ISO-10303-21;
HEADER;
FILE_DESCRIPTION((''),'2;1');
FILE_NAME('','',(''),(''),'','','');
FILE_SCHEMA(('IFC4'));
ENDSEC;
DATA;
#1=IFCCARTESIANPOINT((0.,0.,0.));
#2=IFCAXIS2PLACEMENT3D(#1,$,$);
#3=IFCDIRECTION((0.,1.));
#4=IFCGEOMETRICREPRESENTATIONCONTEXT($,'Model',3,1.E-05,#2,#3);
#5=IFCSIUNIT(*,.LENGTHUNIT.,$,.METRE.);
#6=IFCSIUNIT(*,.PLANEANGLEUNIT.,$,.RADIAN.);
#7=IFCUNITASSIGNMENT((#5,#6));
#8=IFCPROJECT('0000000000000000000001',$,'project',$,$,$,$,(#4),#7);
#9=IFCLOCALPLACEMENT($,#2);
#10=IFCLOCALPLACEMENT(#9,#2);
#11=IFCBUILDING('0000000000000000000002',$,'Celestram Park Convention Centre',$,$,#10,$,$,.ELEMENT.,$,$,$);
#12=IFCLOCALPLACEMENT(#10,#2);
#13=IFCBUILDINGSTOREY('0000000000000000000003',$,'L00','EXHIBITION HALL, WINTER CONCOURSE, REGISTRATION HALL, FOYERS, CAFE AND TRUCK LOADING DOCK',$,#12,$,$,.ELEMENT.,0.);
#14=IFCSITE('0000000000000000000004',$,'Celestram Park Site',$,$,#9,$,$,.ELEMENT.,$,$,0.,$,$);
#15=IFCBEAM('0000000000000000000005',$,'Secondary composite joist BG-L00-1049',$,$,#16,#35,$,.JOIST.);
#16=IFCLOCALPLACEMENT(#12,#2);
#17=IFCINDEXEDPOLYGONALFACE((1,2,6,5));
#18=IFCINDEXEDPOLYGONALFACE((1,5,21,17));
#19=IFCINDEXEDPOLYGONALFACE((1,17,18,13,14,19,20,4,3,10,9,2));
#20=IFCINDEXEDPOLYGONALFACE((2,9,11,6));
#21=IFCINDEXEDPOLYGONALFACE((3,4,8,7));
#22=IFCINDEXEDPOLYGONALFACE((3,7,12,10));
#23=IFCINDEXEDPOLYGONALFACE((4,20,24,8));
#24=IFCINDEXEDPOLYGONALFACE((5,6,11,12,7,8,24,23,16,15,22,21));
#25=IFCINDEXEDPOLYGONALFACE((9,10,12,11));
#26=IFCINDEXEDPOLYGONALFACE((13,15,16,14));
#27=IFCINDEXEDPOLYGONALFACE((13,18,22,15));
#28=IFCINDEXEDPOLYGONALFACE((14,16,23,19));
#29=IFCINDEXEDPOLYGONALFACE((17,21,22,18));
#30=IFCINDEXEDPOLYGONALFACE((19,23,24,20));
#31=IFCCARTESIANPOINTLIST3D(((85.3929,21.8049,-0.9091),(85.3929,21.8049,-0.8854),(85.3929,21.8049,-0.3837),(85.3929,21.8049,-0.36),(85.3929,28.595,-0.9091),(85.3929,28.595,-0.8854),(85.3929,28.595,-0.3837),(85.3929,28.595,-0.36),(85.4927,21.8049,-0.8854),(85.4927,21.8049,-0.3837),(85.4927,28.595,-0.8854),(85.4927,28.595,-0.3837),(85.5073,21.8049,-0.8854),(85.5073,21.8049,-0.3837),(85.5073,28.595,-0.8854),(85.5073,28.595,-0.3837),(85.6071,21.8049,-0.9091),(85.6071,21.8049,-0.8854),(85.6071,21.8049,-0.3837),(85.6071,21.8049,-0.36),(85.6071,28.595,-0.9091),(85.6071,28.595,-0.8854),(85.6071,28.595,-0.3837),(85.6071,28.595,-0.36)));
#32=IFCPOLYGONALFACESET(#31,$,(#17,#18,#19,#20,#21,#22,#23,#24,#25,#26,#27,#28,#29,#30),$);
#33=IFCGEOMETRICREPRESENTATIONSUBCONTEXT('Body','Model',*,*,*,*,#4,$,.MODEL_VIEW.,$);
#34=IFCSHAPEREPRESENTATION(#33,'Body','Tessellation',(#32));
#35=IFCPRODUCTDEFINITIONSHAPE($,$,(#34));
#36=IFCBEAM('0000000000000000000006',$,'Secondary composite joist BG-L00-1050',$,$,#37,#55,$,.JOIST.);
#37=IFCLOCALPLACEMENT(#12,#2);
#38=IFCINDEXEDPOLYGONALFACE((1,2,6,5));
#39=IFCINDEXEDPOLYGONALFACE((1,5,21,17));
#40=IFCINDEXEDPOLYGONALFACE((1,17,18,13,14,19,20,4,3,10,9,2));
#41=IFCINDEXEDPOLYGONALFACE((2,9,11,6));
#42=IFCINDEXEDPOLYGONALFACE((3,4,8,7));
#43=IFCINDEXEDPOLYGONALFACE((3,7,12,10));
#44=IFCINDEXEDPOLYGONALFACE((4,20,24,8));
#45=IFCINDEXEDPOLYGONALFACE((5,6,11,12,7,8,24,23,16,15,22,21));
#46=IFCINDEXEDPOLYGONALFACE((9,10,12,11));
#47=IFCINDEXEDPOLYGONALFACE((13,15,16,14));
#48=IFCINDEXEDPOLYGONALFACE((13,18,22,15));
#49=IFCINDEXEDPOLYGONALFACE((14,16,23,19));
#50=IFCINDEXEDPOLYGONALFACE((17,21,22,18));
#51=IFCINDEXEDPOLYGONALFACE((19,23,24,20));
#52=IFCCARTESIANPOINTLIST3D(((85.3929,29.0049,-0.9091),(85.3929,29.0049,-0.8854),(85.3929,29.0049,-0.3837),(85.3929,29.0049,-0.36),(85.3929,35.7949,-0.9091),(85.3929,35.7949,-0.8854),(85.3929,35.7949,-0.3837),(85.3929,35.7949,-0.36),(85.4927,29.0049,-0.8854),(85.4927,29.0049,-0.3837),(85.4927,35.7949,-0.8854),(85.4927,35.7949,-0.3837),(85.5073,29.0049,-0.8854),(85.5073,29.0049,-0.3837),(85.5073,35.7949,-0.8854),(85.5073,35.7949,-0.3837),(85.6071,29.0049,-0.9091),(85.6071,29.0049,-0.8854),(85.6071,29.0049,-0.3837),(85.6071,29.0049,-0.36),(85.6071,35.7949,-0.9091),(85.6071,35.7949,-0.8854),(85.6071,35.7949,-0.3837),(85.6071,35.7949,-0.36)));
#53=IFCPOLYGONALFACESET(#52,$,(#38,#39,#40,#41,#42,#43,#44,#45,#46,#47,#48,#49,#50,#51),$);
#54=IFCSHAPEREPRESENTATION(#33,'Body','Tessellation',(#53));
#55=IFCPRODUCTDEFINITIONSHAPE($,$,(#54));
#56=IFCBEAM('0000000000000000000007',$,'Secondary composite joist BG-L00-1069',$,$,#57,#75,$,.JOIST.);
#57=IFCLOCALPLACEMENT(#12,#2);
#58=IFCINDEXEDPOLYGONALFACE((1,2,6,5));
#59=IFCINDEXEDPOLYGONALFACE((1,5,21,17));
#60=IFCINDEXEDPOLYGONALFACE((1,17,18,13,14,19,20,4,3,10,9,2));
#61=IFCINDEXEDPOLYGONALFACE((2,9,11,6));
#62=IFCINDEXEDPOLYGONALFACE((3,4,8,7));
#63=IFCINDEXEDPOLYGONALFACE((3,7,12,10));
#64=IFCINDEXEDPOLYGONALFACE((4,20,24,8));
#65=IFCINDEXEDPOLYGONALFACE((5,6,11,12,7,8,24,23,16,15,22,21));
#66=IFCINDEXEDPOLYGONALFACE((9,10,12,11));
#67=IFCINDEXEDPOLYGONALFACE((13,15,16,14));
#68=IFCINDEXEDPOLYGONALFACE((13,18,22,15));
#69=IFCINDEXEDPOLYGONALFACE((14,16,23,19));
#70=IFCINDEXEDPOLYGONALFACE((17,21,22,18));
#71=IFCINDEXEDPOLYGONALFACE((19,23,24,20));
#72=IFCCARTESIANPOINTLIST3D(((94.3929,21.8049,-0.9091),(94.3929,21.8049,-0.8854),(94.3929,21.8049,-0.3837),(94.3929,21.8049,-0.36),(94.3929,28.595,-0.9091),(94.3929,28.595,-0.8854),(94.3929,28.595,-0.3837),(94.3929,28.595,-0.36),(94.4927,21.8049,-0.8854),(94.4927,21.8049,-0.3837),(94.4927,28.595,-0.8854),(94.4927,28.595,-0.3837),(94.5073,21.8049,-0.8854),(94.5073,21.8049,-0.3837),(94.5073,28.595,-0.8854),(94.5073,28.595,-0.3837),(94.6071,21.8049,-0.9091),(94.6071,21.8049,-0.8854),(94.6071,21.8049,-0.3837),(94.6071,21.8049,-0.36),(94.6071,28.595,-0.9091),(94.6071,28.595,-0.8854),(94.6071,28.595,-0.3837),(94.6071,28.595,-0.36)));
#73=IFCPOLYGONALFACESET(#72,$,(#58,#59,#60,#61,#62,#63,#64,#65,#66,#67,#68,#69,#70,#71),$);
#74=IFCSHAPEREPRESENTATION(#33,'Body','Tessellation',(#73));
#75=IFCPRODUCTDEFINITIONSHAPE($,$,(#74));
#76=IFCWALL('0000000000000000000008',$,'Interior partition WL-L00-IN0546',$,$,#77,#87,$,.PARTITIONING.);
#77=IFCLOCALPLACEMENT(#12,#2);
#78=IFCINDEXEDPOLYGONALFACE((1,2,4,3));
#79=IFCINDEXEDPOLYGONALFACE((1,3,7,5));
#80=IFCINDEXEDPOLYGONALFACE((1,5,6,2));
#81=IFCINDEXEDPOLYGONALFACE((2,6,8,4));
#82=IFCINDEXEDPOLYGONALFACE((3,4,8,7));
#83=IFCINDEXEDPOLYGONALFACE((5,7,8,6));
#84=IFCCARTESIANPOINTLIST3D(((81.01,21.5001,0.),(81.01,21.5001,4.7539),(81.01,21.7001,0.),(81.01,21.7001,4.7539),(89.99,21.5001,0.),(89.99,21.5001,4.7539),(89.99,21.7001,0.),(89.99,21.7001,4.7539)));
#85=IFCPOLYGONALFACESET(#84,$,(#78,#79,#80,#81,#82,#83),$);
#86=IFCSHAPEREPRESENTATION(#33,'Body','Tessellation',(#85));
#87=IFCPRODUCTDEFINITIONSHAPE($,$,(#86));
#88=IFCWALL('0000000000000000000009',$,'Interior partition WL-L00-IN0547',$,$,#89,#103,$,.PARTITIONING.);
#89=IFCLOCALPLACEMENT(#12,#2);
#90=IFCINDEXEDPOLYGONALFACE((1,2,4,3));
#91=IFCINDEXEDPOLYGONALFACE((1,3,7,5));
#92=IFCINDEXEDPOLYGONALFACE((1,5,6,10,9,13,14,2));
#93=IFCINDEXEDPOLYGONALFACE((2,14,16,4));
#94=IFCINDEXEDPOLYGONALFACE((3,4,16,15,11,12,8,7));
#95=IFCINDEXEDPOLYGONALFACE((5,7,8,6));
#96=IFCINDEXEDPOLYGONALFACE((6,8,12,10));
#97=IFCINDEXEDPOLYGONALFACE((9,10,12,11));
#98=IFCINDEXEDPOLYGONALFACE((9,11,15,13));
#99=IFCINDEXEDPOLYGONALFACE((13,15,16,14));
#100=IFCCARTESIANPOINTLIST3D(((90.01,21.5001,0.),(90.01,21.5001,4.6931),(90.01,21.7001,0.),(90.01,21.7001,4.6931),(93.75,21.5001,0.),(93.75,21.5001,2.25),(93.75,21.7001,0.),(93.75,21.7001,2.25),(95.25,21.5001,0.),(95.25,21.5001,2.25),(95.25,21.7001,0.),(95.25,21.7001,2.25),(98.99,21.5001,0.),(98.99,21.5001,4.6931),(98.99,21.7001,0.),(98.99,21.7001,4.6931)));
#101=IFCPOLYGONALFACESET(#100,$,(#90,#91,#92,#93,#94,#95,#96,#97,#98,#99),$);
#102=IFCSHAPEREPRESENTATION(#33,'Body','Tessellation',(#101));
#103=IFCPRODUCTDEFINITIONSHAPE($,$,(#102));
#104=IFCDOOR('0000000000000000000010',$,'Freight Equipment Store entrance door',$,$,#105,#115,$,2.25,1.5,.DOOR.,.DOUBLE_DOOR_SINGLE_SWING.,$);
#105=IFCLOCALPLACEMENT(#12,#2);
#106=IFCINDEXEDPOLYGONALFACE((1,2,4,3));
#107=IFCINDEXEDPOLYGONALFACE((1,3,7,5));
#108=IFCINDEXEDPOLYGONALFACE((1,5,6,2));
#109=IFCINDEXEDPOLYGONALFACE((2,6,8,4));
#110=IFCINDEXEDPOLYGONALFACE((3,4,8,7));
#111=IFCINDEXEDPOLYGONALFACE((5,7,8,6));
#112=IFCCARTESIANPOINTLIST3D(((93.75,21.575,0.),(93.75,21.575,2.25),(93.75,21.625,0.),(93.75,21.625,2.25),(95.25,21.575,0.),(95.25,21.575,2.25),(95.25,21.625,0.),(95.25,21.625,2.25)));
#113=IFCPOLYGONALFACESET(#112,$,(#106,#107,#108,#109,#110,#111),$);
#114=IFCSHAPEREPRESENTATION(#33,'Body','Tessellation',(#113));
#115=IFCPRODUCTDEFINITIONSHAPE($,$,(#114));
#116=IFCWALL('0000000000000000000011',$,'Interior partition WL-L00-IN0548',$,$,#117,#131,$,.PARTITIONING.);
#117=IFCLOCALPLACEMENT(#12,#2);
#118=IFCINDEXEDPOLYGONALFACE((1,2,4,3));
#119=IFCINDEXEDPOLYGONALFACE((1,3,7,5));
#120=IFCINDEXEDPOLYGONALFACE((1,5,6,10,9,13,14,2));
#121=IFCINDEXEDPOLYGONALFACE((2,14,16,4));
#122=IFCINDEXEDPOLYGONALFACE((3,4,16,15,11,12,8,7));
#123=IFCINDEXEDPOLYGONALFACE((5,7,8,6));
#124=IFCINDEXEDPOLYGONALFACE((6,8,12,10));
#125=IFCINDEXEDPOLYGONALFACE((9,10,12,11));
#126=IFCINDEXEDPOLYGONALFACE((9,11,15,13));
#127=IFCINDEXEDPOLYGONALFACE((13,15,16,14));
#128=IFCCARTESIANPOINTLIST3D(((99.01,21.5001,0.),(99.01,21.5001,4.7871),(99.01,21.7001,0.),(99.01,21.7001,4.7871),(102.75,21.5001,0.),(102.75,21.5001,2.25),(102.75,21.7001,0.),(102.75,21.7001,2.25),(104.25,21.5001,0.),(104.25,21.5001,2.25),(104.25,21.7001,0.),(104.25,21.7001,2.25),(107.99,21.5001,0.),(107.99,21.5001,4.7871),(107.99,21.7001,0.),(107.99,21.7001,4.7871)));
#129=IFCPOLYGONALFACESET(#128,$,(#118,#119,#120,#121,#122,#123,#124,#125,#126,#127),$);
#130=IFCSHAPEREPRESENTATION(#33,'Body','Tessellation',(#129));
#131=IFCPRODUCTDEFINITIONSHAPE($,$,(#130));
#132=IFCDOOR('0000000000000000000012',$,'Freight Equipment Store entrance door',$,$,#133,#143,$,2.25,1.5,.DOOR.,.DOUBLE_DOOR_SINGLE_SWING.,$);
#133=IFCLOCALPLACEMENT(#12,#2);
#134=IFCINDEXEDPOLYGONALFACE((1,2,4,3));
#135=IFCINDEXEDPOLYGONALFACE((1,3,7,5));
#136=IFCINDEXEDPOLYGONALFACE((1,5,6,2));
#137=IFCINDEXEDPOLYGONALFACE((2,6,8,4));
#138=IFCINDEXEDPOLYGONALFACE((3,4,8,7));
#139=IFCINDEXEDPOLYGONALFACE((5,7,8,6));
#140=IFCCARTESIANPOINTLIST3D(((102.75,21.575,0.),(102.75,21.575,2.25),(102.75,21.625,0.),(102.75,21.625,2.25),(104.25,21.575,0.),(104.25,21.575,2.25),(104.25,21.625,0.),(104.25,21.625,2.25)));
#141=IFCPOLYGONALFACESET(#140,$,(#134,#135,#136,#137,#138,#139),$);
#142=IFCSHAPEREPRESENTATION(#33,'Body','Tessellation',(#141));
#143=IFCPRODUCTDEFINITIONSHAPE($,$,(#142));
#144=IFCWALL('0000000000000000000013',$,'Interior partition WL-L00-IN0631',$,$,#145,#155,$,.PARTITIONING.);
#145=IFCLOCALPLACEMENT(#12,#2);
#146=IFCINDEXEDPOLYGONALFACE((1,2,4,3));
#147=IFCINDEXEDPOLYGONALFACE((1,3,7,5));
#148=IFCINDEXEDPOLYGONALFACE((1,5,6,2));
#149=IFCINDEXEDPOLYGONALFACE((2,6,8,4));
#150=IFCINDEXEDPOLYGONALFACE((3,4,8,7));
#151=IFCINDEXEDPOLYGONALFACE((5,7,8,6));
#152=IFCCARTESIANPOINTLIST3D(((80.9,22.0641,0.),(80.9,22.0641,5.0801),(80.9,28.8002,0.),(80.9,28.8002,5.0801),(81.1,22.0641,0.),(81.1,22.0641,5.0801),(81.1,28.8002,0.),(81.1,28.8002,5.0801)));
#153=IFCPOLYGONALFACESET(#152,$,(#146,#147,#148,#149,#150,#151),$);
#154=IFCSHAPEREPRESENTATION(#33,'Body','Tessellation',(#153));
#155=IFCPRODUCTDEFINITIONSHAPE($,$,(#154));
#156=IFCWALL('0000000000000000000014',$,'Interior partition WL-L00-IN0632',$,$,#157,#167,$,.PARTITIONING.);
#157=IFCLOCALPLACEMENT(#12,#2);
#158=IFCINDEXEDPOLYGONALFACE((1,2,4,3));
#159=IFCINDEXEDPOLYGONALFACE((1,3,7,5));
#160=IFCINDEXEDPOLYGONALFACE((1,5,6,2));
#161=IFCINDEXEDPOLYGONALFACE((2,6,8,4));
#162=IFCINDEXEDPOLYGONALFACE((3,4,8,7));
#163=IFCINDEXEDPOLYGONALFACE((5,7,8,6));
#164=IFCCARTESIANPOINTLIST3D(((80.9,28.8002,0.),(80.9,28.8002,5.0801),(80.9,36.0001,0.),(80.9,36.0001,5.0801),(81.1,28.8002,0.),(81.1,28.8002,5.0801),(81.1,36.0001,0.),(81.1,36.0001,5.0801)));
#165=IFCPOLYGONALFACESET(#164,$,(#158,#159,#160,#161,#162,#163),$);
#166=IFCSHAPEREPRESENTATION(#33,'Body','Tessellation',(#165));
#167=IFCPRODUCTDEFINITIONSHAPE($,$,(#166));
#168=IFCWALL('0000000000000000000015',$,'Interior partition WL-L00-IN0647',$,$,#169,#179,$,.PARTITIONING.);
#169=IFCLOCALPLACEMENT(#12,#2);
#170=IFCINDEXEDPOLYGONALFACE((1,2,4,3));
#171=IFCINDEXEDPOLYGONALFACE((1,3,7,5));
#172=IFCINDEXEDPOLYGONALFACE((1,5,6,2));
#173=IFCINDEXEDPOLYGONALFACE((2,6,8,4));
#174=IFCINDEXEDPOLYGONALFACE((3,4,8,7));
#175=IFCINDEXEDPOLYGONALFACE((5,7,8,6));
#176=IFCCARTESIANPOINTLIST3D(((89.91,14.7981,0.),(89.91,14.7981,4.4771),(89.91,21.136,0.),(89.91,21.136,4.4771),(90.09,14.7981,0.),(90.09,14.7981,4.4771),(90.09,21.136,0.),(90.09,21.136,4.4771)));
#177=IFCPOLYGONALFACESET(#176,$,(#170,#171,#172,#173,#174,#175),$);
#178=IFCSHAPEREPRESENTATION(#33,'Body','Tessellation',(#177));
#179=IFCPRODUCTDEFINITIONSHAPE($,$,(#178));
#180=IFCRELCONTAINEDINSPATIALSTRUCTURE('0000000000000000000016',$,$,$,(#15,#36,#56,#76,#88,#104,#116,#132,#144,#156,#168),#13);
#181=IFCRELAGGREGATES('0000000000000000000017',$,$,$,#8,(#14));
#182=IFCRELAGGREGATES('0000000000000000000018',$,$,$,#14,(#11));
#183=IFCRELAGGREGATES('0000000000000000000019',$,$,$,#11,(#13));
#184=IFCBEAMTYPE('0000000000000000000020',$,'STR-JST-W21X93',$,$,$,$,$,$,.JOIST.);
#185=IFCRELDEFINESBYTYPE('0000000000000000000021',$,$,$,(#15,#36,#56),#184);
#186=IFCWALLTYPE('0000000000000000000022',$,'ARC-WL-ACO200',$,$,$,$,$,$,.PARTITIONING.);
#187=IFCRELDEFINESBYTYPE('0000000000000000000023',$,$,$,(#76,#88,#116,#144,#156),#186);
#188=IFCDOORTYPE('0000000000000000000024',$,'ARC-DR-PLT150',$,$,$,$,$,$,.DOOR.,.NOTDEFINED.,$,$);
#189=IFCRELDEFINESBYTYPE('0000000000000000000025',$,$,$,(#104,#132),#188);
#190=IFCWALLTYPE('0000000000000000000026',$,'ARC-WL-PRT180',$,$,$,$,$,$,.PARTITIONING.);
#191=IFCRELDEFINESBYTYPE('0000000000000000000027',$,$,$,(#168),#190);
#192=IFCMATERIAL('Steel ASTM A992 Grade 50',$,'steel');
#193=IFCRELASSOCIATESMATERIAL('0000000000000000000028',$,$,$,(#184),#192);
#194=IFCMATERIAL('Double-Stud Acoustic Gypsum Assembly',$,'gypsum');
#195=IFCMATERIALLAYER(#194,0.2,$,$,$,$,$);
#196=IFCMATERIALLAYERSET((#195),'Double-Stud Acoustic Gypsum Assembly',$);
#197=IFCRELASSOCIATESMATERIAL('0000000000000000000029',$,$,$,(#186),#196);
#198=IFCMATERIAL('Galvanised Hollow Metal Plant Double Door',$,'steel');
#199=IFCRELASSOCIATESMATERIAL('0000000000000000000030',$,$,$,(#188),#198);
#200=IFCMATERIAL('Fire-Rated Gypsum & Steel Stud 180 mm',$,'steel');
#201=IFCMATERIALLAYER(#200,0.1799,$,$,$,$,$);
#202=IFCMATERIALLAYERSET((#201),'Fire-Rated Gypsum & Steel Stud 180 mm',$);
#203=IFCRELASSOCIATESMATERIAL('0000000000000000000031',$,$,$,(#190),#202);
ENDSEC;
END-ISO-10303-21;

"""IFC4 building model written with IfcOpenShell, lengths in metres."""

from ifc_helpers import new_model, si_unit, direction, frame, frame_2d, origin, origin_2d, place, context, subcontext, project, spatial, rectangle, i_section, extrude, material, layer, layer_set, material_profile, profile_set, type_object, element, fill, save


model = new_model("IFC4")

# Units and contexts
model_context = context("Model", 3, precision=1e-05, world=origin(), true_north=direction((0.0, 1.0)))
body_context = subcontext(model_context, "Body", "Model", "MODEL_VIEW")
ifc_project = project(units=[si_unit("LENGTHUNIT", "METRE"), si_unit("PLANEANGLEUNIT", "RADIAN")], contexts=[model_context])

# Site, building, storey
site_placement = place(None, origin())
site = spatial("IfcSite", under=ifc_project, at=site_placement, Name="Celestram Park Site", CompositionType="ELEMENT", RefElevation=0.0)
building_placement = place(site_placement, origin())
building = spatial("IfcBuilding", under=site, at=building_placement, Name="Celestram Park Convention Centre", CompositionType="ELEMENT")
storey_placement = place(building_placement, origin())
storey = spatial("IfcBuildingStorey", under=building, at=storey_placement, Name="L00", Description="EXHIBITION HALL, WINTER CONCOURSE, REGISTRATION HALL, FOYERS, CAFE AND TRUCK LOADING DOCK", CompositionType="ELEMENT", Elevation=0.0)

# Shared definitions
ifc_material_1 = material(Name="Steel ASTM A992 Grade 50", Category="steel")

# Beams
ifc_material_profile_1 = material_profile(ifc_material_1, i_section(OverallWidth=0.2141, OverallDepth=0.5491, WebThickness=0.0146, FlangeThickness=0.0237, at=origin_2d()), Name="W21X93")
ifc_profile_set_1 = profile_set([ifc_material_profile_1], Name="Steel ASTM A992 Grade 50")
beam_type_1 = type_object("IfcBeamType", Name="STR-JST-W21X93", PredefinedType="JOIST", material=ifc_profile_set_1)
for number, where, z_axis, x_axis, name in (
    (1, (85.5, 21.8049, -0.6345), (0.0, 1.0, 0.0), (-1.0, 0.0, 0.0), "Secondary composite joist BG-L00-1049"),
    (2, (85.5, 29.0049, -0.6345), (0.0, 1.0, 0.0), (-1.0, 0.0, 0.0), "Secondary composite joist BG-L00-1050"),
    (3, (94.5, 21.8049, -0.6345), (0.0, 1.0, 0.0), (-1.0, 0.0, 0.0), "Secondary composite joist BG-L00-1069"),
):
    element("IfcBeam", number, at=place(storey_placement, frame(where, z_axis=z_axis, x_axis=x_axis)), inside=storey, type_object=beam_type_1, Name=name, PredefinedType="JOIST", context=body_context, shape_type="SweptSolid", body=[
        extrude(i_section(OverallWidth=0.2141, OverallDepth=0.5491, WebThickness=0.0146, FlangeThickness=0.0237, at=origin_2d()), origin(), (0.0, 0.0, 1.0), 6.79),
    ])

# Wall
ifc_material_2 = material(Name="Double-Stud Acoustic Gypsum Assembly", Category="gypsum")
ifc_layer_1 = layer(ifc_material_2, 0.2)
ifc_layer_set_1 = layer_set([ifc_layer_1], Name="Double-Stud Acoustic Gypsum Assembly")
wall_type_1 = type_object("IfcWallType", Name="ARC-WL-ACO200", PredefinedType="PARTITIONING", material=ifc_layer_set_1)
wall_1_placement = place(storey_placement, frame((81.01, 21.6001, 0.0), z_axis=(0.0, 0.0, 1.0), x_axis=(1.0, 0.0, 0.0)))
element("IfcWall", 4, at=wall_1_placement, inside=storey, type_object=wall_type_1, Name="Interior partition WL-L00-IN0546", PredefinedType="PARTITIONING", context=body_context, shape_type="SweptSolid", body=[
    extrude(rectangle(XDim=8.98, YDim=0.2, at=frame_2d((4.49, 0.0))), origin(), (0.0, 0.0, 1.0), 4.7539),
])

# Walls, openings, doors
wall_2_placement = place(storey_placement, frame((90.01, 21.6001, 0.0), z_axis=(0.0, 0.0, 1.0), x_axis=(1.0, 0.0, 0.0)))
wall_2 = element("IfcWall", 5, at=wall_2_placement, inside=storey, type_object=wall_type_1, Name="Interior partition WL-L00-IN0547", PredefinedType="PARTITIONING", context=body_context, shape_type="SweptSolid", body=[
    extrude(rectangle(XDim=8.98, YDim=0.2, at=frame_2d((4.49, 0.0))), origin(), (0.0, 0.0, 1.0), 4.6931),
])
opening_1_placement = place(wall_2_placement, frame((3.74, 0.0, 0.0)))
opening_1 = element("IfcOpeningElement", 6, at=opening_1_placement, cuts=wall_2, PredefinedType="OPENING", context=body_context, shape_type="SweptSolid", body=[
    extrude(rectangle(XDim=1.5, YDim=2.25, at=frame_2d((0.75, 1.125))), frame((0.0, 0.1099, 0.0), z_axis=(0.0, -1.0, 0.0), x_axis=(1.0, 0.0, 0.0)), (0.0, 0.0, 1.0), 0.22),
])
ifc_material_3 = material(Name="Galvanised Hollow Metal Plant Double Door", Category="steel")
door_type = type_object("IfcDoorType", Name="ARC-DR-PLT150", OperationType="NOTDEFINED", PredefinedType="DOOR", material=ifc_material_3)
door_1_placement = place(opening_1_placement, origin())
door_1 = element("IfcDoor", 7, at=door_1_placement, inside=storey, type_object=door_type, Name="Freight Equipment Store entrance door", OperationType="DOUBLE_DOOR_SINGLE_SWING", OverallHeight=2.25, OverallWidth=1.5, PredefinedType="DOOR", context=body_context, shape_type="SweptSolid", body=[
    extrude(rectangle(XDim=1.5, YDim=2.25, at=frame_2d((0.75, 1.125))), frame((0.0, 0.0249, 0.0), z_axis=(0.0, -1.0, 0.0), x_axis=(1.0, 0.0, 0.0)), (0.0, 0.0, 1.0), 0.05),
])
fill(opening_1, door_1)
wall_3_placement = place(storey_placement, frame((99.01, 21.6001, 0.0), z_axis=(0.0, 0.0, 1.0), x_axis=(1.0, 0.0, 0.0)))
wall_3 = element("IfcWall", 8, at=wall_3_placement, inside=storey, type_object=wall_type_1, Name="Interior partition WL-L00-IN0548", PredefinedType="PARTITIONING", context=body_context, shape_type="SweptSolid", body=[
    extrude(rectangle(XDim=8.98, YDim=0.2, at=frame_2d((4.49, 0.0))), origin(), (0.0, 0.0, 1.0), 4.7871),
])
opening_2_placement = place(wall_3_placement, frame((3.74, 0.0, 0.0)))
opening_2 = element("IfcOpeningElement", 9, at=opening_2_placement, cuts=wall_3, PredefinedType="OPENING", context=body_context, shape_type="SweptSolid", body=[
    extrude(rectangle(XDim=1.5, YDim=2.25, at=frame_2d((0.75, 1.125))), frame((0.0, 0.1099, 0.0), z_axis=(0.0, -1.0, 0.0), x_axis=(1.0, 0.0, 0.0)), (0.0, 0.0, 1.0), 0.22),
])
door_2_placement = place(opening_2_placement, origin())
door_2 = element("IfcDoor", 10, at=door_2_placement, inside=storey, type_object=door_type, Name="Freight Equipment Store entrance door", OperationType="DOUBLE_DOOR_SINGLE_SWING", OverallHeight=2.25, OverallWidth=1.5, PredefinedType="DOOR", context=body_context, shape_type="SweptSolid", body=[
    extrude(rectangle(XDim=1.5, YDim=2.25, at=frame_2d((0.75, 1.125))), frame((0.0, 0.0249, 0.0), z_axis=(0.0, -1.0, 0.0), x_axis=(1.0, 0.0, 0.0)), (0.0, 0.0, 1.0), 0.05),
])
fill(opening_2, door_2)

# Walls
wall_4_placement = place(storey_placement, frame((81.0, 22.064, 0.0), z_axis=(0.0, 0.0, 1.0), x_axis=(0.0, 1.0, 0.0)))
element("IfcWall", 11, at=wall_4_placement, inside=storey, type_object=wall_type_1, Name="Interior partition WL-L00-IN0631", PredefinedType="PARTITIONING", context=body_context, shape_type="SweptSolid", body=[
    extrude(rectangle(XDim=6.7361, YDim=0.2, at=frame_2d((3.3682, 0.0))), origin(), (0.0, 0.0, 1.0), 5.0801),
])
wall_5_placement = place(storey_placement, frame((81.0, 28.8, 0.0), z_axis=(0.0, 0.0, 1.0), x_axis=(0.0, 1.0, 0.0)))
element("IfcWall", 12, at=wall_5_placement, inside=storey, type_object=wall_type_1, Name="Interior partition WL-L00-IN0632", PredefinedType="PARTITIONING", context=body_context, shape_type="SweptSolid", body=[
    extrude(rectangle(XDim=7.2, YDim=0.2, at=frame_2d((3.6001, 0.0))), origin(), (0.0, 0.0, 1.0), 5.0801),
])
ifc_material_4 = material(Name="Fire-Rated Gypsum & Steel Stud 180 mm", Category="steel")
ifc_layer_2 = layer(ifc_material_4, 0.1799)
ifc_layer_set_2 = layer_set([ifc_layer_2], Name="Fire-Rated Gypsum & Steel Stud 180 mm")
wall_type_2 = type_object("IfcWallType", Name="ARC-WL-PRT180", PredefinedType="PARTITIONING", material=ifc_layer_set_2)
wall_6_placement = place(storey_placement, frame((90.0, 14.7981, 0.0), z_axis=(0.0, 0.0, 1.0), x_axis=(0.0, 1.0, 0.0)))
element("IfcWall", 13, at=wall_6_placement, inside=storey, type_object=wall_type_2, Name="Interior partition WL-L00-IN0647", PredefinedType="PARTITIONING", context=body_context, shape_type="SweptSolid", body=[
    extrude(rectangle(XDim=6.3379, YDim=0.1799, at=frame_2d((3.1689, 0.0))), origin(), (0.0, 0.0, 1.0), 4.4771),
])

save(model, "model.ifc")
